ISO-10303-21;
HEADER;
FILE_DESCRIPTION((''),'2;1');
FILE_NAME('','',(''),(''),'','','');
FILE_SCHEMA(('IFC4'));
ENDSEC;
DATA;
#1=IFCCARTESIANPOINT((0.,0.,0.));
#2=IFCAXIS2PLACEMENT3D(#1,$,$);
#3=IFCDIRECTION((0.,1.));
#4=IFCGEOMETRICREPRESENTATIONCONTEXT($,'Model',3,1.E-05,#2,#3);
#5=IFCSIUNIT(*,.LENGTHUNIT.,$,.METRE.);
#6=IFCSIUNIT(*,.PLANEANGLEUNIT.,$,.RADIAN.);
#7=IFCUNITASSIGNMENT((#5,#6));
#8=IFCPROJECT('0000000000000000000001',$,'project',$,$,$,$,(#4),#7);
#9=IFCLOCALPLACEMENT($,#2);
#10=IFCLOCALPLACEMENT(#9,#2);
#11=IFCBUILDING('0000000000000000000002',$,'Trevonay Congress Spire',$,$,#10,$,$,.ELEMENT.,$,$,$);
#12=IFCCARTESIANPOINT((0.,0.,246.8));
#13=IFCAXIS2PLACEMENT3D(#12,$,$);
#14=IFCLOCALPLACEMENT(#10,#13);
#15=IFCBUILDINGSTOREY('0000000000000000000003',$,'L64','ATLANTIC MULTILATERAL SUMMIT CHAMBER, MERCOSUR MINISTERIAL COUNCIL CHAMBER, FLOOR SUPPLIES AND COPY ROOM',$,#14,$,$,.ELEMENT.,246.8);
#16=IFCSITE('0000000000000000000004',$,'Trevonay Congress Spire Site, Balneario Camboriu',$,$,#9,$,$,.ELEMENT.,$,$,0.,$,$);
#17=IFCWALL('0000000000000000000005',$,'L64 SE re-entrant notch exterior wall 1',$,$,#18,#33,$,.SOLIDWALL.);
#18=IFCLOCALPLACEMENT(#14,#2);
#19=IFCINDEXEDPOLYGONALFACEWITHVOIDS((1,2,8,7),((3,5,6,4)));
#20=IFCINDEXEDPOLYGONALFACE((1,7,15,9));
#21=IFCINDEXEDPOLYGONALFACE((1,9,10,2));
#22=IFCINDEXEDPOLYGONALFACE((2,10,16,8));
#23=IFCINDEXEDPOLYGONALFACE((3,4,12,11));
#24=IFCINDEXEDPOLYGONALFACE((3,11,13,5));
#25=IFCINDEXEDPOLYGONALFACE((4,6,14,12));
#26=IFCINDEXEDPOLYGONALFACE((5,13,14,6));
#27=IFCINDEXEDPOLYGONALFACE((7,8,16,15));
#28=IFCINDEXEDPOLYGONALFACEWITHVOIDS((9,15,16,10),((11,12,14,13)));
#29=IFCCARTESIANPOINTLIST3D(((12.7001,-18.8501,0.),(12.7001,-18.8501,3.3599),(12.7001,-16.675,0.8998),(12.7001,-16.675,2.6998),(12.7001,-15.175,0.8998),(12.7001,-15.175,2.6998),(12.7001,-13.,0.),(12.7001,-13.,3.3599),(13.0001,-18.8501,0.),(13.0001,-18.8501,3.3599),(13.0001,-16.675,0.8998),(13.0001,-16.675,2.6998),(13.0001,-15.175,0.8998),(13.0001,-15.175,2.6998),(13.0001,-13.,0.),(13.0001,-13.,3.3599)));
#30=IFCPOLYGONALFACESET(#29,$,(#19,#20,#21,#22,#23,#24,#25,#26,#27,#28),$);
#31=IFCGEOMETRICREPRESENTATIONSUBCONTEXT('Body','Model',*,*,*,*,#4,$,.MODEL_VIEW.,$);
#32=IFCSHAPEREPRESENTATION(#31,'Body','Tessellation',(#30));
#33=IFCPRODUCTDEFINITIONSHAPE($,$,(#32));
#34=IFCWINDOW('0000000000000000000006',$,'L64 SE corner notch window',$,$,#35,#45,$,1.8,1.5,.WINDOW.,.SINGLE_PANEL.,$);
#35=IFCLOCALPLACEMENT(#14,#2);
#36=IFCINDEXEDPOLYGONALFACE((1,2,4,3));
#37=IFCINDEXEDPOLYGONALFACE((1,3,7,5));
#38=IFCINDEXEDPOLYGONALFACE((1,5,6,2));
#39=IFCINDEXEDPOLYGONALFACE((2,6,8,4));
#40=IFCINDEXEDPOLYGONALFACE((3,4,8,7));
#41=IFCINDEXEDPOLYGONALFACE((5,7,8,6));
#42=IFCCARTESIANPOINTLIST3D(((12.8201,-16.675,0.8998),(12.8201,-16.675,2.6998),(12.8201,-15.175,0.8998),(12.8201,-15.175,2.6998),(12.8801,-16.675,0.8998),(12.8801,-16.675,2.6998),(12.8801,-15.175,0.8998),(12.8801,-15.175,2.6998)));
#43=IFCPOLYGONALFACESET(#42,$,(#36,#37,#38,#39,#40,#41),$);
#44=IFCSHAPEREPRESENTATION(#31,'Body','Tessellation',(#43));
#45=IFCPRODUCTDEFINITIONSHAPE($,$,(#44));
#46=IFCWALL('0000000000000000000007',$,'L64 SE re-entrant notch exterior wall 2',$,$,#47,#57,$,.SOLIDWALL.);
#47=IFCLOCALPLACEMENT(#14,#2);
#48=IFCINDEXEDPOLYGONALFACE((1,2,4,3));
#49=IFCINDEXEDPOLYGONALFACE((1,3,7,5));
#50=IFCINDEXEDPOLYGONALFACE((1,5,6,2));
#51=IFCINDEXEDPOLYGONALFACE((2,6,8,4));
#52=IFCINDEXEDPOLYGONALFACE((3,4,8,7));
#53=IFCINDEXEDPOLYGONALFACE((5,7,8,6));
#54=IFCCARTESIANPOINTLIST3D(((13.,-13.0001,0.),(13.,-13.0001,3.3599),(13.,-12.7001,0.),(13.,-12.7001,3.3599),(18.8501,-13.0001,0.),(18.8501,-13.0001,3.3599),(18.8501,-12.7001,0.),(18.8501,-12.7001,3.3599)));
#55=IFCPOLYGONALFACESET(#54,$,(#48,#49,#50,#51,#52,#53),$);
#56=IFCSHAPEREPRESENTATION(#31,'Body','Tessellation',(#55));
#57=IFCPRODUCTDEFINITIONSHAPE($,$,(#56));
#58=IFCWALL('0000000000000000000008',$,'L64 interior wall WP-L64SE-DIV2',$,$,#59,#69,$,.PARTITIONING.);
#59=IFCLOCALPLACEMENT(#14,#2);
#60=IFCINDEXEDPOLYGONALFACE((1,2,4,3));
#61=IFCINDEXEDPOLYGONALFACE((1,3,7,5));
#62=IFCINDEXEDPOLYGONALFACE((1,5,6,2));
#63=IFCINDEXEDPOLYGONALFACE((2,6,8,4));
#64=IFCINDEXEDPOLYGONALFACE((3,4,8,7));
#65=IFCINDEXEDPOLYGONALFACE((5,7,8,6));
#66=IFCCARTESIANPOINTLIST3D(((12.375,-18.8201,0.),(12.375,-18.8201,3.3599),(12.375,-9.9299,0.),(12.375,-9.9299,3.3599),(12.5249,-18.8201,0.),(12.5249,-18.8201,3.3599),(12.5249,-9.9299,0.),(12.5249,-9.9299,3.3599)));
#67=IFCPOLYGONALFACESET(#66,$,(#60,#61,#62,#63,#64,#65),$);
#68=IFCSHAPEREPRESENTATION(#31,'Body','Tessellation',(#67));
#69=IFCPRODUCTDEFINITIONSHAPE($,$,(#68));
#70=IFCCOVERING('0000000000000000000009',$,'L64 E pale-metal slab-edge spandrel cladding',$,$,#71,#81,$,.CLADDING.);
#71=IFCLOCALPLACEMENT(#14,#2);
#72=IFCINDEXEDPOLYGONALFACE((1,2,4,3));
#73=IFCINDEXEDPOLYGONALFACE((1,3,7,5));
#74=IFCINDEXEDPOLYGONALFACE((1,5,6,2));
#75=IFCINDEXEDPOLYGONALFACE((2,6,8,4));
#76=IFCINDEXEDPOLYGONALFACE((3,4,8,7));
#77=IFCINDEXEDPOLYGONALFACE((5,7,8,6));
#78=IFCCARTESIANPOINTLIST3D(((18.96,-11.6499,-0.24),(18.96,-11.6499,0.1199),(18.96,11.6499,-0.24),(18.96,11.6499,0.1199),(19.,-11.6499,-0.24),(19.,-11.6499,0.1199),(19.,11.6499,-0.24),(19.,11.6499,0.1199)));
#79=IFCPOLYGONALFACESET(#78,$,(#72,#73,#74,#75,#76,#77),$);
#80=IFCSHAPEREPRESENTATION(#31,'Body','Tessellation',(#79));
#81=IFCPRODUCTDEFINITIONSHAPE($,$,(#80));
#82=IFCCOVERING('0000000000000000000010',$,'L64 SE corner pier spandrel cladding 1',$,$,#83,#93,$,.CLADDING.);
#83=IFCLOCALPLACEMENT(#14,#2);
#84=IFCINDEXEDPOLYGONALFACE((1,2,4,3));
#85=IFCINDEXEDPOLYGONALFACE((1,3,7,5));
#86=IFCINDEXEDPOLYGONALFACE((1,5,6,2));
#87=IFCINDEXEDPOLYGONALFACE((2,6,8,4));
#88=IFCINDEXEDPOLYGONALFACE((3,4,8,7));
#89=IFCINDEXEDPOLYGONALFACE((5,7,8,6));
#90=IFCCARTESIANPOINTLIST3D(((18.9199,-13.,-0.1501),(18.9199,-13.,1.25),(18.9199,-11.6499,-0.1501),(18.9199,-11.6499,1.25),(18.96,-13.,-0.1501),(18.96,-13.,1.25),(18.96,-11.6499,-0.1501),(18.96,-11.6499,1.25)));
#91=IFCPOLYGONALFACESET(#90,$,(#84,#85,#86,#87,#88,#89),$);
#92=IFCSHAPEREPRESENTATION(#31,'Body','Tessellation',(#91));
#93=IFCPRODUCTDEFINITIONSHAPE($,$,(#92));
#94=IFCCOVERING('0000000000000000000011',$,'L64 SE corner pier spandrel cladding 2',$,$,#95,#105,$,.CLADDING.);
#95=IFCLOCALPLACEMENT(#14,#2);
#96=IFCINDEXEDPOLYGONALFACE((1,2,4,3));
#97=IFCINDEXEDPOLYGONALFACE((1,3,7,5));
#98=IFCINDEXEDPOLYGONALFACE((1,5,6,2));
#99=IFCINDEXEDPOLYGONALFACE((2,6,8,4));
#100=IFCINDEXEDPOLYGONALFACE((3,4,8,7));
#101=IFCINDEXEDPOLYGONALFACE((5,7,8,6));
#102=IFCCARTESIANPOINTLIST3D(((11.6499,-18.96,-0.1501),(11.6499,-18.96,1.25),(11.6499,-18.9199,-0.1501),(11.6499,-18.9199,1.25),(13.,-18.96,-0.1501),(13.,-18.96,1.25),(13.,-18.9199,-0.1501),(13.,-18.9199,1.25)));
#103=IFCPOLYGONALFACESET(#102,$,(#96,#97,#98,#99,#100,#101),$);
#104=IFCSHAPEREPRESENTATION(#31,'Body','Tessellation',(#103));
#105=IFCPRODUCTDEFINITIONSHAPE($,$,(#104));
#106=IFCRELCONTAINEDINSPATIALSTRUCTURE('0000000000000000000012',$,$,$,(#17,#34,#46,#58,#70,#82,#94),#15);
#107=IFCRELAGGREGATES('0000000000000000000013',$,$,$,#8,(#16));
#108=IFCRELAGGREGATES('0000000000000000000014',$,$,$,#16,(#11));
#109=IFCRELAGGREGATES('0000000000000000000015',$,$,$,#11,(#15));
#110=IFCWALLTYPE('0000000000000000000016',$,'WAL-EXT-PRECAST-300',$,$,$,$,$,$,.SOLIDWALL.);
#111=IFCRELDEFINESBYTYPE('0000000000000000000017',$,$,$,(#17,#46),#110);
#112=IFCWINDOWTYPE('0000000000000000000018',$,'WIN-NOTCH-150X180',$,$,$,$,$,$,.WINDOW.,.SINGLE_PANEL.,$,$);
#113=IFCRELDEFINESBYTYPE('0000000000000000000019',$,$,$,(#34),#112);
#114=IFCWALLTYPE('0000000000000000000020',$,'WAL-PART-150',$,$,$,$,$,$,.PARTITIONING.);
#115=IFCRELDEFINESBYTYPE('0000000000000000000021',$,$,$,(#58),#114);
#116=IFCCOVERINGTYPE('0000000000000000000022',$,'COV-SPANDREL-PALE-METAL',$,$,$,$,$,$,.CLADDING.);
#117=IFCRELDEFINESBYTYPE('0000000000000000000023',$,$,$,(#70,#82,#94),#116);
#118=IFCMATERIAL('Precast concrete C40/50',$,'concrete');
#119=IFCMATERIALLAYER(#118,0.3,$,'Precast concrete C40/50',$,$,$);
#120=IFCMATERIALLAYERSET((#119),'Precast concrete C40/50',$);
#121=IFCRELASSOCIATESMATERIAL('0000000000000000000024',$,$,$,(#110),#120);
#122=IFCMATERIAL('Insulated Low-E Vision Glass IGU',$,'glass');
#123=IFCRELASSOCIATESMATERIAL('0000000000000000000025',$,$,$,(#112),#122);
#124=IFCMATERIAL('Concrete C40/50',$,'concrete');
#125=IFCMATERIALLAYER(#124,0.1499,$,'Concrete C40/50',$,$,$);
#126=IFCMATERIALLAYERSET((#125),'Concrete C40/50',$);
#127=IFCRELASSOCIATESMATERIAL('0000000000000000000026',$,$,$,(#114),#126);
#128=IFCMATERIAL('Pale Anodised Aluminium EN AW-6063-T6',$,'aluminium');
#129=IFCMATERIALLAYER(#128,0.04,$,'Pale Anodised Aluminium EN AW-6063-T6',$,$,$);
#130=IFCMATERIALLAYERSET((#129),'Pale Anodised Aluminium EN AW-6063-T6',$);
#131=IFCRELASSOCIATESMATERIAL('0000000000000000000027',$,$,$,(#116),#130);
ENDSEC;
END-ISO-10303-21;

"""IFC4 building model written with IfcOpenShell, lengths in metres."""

from ifc_helpers import new_model, si_unit, direction, frame, frame_2d, origin, place, context, subcontext, project, spatial, rectangle, extrude, material, layer, layer_set, type_object, element, fill, save


model = new_model("IFC4")

# Units and contexts
model_context = context("Model", 3, precision=1e-05, world=origin(), true_north=direction((0.0, 1.0)))
body_context = subcontext(model_context, "Body", "Model", "MODEL_VIEW")
ifc_project = project(units=[si_unit("LENGTHUNIT", "METRE"), si_unit("PLANEANGLEUNIT", "RADIAN")], contexts=[model_context])

# Site, building, storey
site_placement = place(None, origin())
site = spatial("IfcSite", under=ifc_project, at=site_placement, Name="Trevonay Congress Spire Site, Balneario Camboriu", CompositionType="ELEMENT", RefElevation=0.0)
building_placement = place(site_placement, origin())
building = spatial("IfcBuilding", under=site, at=building_placement, Name="Trevonay Congress Spire", CompositionType="ELEMENT")
storey_placement = place(building_placement, frame((0.0, 0.0, 246.8)))
storey = spatial("IfcBuildingStorey", under=building, at=storey_placement, Name="L64", Description="ATLANTIC MULTILATERAL SUMMIT CHAMBER, MERCOSUR MINISTERIAL COUNCIL CHAMBER, FLOOR SUPPLIES AND COPY ROOM", CompositionType="ELEMENT", Elevation=246.8)

# Shared definitions
ifc_material_1 = material(Name="Precast concrete C40/50", Category="concrete")
ifc_layer_1 = layer(ifc_material_1, 0.3, Name="Precast concrete C40/50")
ifc_layer_set_1 = layer_set([ifc_layer_1], Name="Precast concrete C40/50")
wall_type_1 = type_object("IfcWallType", Name="WAL-EXT-PRECAST-300", PredefinedType="SOLIDWALL", material=ifc_layer_set_1)

# Wall, opening, window
wall_1_placement = place(storey_placement, frame((12.8501, -18.8501, 0.0), z_axis=(0.0, 0.0, 1.0), x_axis=(0.0, 1.0, 0.0)))
wall_1 = element("IfcWall", 1, at=wall_1_placement, inside=storey, type_object=wall_type_1, Name="L64 SE re-entrant notch exterior wall 1", PredefinedType="SOLIDWALL", context=body_context, shape_type="SweptSolid", body=[
    extrude(rectangle(XDim=5.8501, YDim=0.3, at=frame_2d((2.925, 0.0))), origin(), (0.0, 0.0, 1.0), 3.3599),
])
opening_placement = place(wall_1_placement, frame((2.175, 0.0, 0.8999)))
opening = element("IfcOpeningElement", 2, at=opening_placement, cuts=wall_1, PredefinedType="OPENING", context=body_context, shape_type="SweptSolid", body=[
    extrude(rectangle(XDim=1.5, YDim=1.8, at=frame_2d((0.75, 0.8999))), frame((0.0, 0.1602, 0.0), z_axis=(0.0, -1.0, 0.0), x_axis=(1.0, 0.0, 0.0)), (0.0, 0.0, 1.0), 0.3201),
])
ifc_material_2 = material(Name="Insulated Low-E Vision Glass IGU", Category="glass")
window_type = type_object("IfcWindowType", Name="WIN-NOTCH-150X180", PartitioningType="SINGLE_PANEL", PredefinedType="WINDOW", material=ifc_material_2)
window_placement = place(opening_placement, origin())
window = element("IfcWindow", 3, at=window_placement, inside=storey, type_object=window_type, Name="L64 SE corner notch window", OverallHeight=1.8, OverallWidth=1.5, PartitioningType="SINGLE_PANEL", PredefinedType="WINDOW", context=body_context, shape_type="SweptSolid", body=[
    extrude(rectangle(XDim=1.5, YDim=1.8, at=frame_2d((0.75, 0.8999))), frame((0.0, 0.03, 0.0), z_axis=(0.0, -1.0, 0.0), x_axis=(1.0, 0.0, 0.0)), (0.0, 0.0, 1.0), 0.0601),
])
fill(opening, window)

# Walls
wall_2_placement = place(storey_placement, frame((18.8501, -12.8501, 0.0), z_axis=(0.0, 0.0, 1.0), x_axis=(-1.0, 0.0, 0.0)))
element("IfcWall", 4, at=wall_2_placement, inside=storey, type_object=wall_type_1, Name="L64 SE re-entrant notch exterior wall 2", PredefinedType="SOLIDWALL", context=body_context, shape_type="SweptSolid", body=[
    extrude(rectangle(XDim=5.8501, YDim=0.3, at=frame_2d((2.925, 0.0))), origin(), (0.0, 0.0, 1.0), 3.3599),
])
ifc_material_3 = material(Name="Concrete C40/50", Category="concrete")
ifc_layer_2 = layer(ifc_material_3, 0.1499, Name="Concrete C40/50")
ifc_layer_set_2 = layer_set([ifc_layer_2], Name="Concrete C40/50")
wall_type_2 = type_object("IfcWallType", Name="WAL-PART-150", PredefinedType="PARTITIONING", material=ifc_layer_set_2)
wall_3_placement = place(storey_placement, frame((12.45, -18.8201, 0.0), z_axis=(0.0, 0.0, 1.0), x_axis=(0.0, 1.0, 0.0)))
element("IfcWall", 5, at=wall_3_placement, inside=storey, type_object=wall_type_2, Name="L64 interior wall WP-L64SE-DIV2", PredefinedType="PARTITIONING", context=body_context, shape_type="SweptSolid", body=[
    extrude(rectangle(XDim=8.8901, YDim=0.1499, at=frame_2d((4.4451, 0.0))), origin(), (0.0, 0.0, 1.0), 3.3599),
])

# Coverings
ifc_material_4 = material(Name="Pale Anodised Aluminium EN AW-6063-T6", Category="aluminium")
ifc_layer_3 = layer(ifc_material_4, 0.04, Name="Pale Anodised Aluminium EN AW-6063-T6")
ifc_layer_set_3 = layer_set([ifc_layer_3], Name="Pale Anodised Aluminium EN AW-6063-T6")
covering_type = type_object("IfcCoveringType", Name="COV-SPANDREL-PALE-METAL", PredefinedType="CLADDING", material=ifc_layer_set_3)
covering_placement = place(storey_placement, frame((18.98, -11.6499, -0.24), z_axis=(0.0, 0.0, 1.0), x_axis=(0.0, 1.0, 0.0)))
element("IfcCovering", 6, at=covering_placement, inside=storey, type_object=covering_type, Name="L64 E pale-metal slab-edge spandrel cladding", PredefinedType="CLADDING", context=body_context, shape_type="SweptSolid", body=[
    extrude(rectangle(XDim=23.2998, YDim=0.04, at=frame_2d((11.6499, 0.0))), origin(), (0.0, 0.0, 1.0), 0.3599),
])
for number, where, z_axis, x_axis, name in (
    (7, (18.9399, -11.6499, -0.1501), (0.0, 0.0, 1.0), (0.0, -1.0, 0.0), "L64 SE corner pier spandrel cladding 1"),
    (8, (11.6499, -18.9399, -0.1501), (0.0, 0.0, 1.0), (1.0, 0.0, 0.0), "L64 SE corner pier spandrel cladding 2"),
):
    element("IfcCovering", number, at=place(storey_placement, frame(where, z_axis=z_axis, x_axis=x_axis)), inside=storey, type_object=covering_type, Name=name, PredefinedType="CLADDING", context=body_context, shape_type="SweptSolid", body=[
        extrude(rectangle(XDim=1.3501, YDim=0.04, at=frame_2d((0.675, 0.0))), origin(), (0.0, 0.0, 1.0), 1.4001),
    ])

save(model, "model.ifc")
